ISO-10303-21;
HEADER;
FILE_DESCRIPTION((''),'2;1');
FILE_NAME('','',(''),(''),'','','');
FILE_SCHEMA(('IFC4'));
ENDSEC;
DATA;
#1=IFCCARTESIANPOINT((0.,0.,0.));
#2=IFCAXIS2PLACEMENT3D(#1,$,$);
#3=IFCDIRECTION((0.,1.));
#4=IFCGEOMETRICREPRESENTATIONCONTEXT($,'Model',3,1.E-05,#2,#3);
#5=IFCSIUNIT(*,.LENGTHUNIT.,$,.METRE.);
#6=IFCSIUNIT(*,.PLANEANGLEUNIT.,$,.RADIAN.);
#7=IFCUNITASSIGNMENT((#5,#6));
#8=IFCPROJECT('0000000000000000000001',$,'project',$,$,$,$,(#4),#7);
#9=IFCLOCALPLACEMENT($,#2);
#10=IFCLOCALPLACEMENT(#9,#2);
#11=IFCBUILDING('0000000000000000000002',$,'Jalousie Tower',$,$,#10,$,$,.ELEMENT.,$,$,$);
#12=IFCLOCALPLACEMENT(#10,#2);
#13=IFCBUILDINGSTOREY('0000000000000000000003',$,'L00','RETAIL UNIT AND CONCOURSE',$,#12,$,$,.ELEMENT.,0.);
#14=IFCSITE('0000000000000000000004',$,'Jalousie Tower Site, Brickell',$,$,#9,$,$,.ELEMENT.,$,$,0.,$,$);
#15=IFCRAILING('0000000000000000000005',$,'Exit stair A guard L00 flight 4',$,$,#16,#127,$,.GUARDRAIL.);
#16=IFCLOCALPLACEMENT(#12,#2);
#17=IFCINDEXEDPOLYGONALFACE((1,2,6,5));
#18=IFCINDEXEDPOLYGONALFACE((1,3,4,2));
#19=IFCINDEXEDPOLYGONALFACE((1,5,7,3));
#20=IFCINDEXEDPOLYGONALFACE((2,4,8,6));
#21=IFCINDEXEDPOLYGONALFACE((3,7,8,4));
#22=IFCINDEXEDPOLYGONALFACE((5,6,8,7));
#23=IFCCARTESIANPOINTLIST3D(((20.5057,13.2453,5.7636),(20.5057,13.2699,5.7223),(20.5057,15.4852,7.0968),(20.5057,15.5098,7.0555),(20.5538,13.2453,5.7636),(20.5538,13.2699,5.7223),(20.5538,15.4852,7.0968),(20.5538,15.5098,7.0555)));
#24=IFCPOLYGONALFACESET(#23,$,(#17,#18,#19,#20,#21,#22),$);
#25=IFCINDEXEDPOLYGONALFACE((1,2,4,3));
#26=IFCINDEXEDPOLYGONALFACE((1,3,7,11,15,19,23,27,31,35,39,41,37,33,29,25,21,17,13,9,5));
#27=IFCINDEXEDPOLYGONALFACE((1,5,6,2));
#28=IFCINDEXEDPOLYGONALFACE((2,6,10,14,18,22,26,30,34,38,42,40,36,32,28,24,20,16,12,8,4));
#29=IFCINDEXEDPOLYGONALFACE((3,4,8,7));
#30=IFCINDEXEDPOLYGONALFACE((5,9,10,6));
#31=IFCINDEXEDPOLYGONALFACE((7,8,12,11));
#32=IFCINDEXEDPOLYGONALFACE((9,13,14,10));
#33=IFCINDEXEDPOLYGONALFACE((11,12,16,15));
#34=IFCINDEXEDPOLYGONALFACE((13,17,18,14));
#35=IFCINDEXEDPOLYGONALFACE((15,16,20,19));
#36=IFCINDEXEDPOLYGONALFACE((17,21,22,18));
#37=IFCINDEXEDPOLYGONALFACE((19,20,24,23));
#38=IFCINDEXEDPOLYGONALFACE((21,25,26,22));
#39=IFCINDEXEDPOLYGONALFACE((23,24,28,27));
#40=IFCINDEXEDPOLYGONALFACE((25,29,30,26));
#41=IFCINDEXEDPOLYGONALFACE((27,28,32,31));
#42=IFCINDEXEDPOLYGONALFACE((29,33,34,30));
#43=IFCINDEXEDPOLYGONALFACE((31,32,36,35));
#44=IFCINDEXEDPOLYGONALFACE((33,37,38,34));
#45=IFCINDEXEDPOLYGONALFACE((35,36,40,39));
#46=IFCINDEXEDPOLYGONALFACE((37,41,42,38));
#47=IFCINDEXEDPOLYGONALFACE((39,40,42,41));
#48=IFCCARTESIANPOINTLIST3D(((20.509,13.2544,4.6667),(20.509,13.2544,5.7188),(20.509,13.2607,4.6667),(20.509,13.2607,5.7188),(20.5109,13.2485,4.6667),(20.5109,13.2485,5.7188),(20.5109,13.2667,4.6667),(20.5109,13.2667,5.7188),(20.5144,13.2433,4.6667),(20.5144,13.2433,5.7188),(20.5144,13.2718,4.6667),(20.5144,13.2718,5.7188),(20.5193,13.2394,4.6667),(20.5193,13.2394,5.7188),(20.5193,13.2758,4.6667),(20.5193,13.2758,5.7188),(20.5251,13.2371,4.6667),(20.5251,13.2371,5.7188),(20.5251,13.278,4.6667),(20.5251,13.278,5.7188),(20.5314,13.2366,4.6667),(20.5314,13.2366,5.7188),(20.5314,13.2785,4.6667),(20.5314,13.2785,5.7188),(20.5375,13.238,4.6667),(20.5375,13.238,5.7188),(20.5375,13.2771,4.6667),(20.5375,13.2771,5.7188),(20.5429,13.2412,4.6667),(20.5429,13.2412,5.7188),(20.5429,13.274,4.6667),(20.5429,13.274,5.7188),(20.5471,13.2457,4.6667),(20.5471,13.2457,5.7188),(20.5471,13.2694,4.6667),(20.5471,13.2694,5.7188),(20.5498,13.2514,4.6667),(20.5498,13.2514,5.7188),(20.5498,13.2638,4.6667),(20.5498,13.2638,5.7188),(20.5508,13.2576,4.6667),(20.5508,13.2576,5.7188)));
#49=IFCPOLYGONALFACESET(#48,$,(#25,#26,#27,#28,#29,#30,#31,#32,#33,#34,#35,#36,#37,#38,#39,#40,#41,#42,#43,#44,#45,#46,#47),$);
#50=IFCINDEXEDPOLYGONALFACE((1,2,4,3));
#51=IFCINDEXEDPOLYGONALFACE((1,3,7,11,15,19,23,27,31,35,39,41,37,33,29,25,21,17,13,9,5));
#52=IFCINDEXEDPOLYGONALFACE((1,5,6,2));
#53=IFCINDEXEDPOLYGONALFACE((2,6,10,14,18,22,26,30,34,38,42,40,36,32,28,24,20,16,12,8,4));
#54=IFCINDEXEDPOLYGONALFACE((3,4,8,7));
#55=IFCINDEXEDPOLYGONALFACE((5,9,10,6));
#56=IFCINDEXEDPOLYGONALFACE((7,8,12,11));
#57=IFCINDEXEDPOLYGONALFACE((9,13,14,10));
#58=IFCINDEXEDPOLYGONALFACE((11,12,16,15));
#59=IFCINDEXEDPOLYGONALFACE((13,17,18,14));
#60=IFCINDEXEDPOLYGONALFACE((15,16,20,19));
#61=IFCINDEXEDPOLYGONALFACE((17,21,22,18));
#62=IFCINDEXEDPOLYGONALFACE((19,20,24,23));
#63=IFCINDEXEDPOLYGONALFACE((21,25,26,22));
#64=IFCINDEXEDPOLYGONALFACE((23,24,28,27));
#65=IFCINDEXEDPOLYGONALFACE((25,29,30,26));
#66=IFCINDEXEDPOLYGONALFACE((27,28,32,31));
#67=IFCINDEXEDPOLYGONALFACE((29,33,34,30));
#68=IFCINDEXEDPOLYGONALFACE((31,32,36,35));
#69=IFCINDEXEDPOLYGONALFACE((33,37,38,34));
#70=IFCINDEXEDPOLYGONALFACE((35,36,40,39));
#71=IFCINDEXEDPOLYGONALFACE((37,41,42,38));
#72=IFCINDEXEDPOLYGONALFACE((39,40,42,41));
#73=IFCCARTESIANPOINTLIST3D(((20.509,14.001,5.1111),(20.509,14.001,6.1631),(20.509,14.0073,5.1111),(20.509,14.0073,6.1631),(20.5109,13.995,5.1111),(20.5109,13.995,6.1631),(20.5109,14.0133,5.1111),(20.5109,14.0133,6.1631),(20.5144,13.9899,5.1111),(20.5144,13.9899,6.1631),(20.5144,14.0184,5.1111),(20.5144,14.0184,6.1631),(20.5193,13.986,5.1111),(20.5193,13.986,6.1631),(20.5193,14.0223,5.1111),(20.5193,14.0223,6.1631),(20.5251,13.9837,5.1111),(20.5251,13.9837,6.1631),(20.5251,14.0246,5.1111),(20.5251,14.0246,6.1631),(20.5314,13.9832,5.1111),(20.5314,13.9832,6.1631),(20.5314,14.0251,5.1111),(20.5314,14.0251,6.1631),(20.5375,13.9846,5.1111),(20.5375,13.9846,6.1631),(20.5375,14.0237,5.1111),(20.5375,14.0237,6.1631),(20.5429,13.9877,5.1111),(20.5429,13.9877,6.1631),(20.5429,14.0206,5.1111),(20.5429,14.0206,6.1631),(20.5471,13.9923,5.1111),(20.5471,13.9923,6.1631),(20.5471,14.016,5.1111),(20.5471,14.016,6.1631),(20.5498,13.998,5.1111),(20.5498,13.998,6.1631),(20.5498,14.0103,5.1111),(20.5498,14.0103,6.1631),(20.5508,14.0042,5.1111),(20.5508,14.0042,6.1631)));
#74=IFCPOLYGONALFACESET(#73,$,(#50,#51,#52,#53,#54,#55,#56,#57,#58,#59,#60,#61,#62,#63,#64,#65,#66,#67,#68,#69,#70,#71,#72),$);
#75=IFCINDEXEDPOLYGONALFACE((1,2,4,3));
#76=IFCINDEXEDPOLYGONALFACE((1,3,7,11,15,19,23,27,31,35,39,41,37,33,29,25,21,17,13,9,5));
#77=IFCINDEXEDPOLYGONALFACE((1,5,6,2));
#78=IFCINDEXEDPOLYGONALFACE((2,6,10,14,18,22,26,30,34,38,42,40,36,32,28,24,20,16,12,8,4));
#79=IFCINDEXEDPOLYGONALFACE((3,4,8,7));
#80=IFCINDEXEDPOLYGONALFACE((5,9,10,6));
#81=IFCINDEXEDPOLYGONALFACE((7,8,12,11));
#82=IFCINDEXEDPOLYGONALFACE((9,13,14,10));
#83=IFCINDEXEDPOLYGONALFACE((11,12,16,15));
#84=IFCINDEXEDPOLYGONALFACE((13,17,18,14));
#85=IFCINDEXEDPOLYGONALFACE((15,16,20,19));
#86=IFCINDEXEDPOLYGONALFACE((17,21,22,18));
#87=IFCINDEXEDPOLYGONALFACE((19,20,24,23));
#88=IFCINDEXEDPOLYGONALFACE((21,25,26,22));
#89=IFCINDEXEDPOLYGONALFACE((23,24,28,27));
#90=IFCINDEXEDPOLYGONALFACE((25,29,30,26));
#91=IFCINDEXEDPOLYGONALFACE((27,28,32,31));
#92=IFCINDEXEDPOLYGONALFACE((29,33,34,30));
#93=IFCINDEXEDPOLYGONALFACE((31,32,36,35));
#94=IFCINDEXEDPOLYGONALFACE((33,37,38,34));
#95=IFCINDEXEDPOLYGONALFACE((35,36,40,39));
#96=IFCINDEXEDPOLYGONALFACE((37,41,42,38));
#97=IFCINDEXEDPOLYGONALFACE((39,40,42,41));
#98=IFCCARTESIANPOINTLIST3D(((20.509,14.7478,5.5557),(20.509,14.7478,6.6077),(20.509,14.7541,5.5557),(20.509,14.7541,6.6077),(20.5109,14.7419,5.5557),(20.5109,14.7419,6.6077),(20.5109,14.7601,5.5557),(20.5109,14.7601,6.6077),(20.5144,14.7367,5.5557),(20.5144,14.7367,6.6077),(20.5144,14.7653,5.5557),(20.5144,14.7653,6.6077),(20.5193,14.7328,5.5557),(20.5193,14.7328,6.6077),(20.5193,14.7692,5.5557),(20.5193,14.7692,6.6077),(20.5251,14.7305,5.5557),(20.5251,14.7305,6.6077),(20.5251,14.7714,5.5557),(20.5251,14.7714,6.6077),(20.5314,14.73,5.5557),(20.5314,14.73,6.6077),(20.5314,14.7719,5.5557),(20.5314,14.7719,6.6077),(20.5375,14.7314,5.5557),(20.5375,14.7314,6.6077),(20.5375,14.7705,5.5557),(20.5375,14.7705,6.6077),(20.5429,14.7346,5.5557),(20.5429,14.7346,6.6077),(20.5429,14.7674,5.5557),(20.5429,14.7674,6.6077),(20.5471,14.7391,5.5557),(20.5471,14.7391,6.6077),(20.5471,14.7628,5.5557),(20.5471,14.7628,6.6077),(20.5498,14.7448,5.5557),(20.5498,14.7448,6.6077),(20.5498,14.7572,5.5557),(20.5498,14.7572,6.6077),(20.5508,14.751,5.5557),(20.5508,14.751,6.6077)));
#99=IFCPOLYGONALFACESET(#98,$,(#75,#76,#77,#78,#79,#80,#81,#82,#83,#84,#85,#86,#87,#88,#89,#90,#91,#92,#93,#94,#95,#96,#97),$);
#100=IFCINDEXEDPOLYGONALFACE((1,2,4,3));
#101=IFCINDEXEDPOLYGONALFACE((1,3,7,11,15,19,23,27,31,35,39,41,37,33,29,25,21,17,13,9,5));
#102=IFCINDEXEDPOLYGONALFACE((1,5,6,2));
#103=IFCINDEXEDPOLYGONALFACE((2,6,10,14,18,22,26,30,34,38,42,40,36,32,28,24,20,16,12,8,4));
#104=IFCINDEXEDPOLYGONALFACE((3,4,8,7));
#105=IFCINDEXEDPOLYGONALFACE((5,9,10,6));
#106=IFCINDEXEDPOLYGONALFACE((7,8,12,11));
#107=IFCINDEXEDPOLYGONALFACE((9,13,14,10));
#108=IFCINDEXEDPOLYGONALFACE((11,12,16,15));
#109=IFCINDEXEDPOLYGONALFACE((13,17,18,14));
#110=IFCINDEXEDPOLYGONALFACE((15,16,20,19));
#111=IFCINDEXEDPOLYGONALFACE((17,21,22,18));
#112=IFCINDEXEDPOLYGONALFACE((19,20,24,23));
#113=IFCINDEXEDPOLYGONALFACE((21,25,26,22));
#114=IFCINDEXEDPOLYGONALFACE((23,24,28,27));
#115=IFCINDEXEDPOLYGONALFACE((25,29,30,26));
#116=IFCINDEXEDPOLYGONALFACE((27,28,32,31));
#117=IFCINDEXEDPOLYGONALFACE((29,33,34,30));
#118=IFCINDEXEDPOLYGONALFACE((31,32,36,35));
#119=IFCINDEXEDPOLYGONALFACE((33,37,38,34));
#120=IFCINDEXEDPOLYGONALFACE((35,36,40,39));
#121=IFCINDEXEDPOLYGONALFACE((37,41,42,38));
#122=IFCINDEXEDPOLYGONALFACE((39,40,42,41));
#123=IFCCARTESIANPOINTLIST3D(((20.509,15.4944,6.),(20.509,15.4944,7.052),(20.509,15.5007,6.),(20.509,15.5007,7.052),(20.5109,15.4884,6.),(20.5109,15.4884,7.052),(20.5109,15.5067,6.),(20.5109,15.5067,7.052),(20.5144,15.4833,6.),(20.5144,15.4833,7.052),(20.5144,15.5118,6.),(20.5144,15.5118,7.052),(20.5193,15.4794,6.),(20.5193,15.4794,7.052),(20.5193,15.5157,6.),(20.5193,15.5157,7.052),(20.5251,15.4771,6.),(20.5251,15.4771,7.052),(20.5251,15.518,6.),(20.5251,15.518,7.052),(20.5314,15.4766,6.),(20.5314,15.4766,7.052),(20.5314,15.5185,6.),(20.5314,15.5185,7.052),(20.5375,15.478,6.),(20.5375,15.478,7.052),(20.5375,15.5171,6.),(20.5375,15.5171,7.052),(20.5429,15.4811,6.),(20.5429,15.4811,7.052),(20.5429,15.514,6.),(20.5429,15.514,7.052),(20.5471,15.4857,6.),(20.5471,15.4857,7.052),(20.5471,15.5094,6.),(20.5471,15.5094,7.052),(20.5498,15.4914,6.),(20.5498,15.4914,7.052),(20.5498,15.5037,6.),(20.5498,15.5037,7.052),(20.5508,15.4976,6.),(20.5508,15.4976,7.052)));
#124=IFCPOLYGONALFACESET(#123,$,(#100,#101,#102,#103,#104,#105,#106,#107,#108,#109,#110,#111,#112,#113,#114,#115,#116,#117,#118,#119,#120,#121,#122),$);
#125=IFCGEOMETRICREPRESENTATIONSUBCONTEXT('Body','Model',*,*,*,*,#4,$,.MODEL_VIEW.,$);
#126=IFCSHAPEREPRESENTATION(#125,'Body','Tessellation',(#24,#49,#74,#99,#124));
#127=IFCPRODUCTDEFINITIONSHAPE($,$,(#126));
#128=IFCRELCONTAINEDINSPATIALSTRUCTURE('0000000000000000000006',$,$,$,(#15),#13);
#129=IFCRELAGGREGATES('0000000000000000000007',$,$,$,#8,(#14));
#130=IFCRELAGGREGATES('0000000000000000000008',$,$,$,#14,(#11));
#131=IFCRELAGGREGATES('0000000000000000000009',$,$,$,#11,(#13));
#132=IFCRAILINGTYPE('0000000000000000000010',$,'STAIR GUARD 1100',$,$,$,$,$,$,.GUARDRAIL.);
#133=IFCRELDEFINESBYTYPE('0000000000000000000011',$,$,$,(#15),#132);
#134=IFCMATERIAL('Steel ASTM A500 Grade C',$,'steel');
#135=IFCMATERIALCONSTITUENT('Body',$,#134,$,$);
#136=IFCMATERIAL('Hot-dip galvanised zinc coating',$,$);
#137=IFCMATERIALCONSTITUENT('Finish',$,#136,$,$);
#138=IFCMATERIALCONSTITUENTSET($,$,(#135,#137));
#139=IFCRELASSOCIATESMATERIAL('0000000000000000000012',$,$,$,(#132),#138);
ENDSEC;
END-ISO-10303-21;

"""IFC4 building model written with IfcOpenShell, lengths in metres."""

from ifc_helpers import new_model, si_unit, direction, frame, origin, origin_2d, place, context, subcontext, project, spatial, rectangle, circle, extrude, material, constituent, constituent_set, type_object, element, save


model = new_model("IFC4")

# Units and contexts
model_context = context("Model", 3, precision=1e-05, world=origin(), true_north=direction((0.0, 1.0)))
body_context = subcontext(model_context, "Body", "Model", "MODEL_VIEW")
ifc_project = project(units=[si_unit("LENGTHUNIT", "METRE"), si_unit("PLANEANGLEUNIT", "RADIAN")], contexts=[model_context])

# Site, building, storey
site_placement = place(None, origin())
site = spatial("IfcSite", under=ifc_project, at=site_placement, Name="Jalousie Tower Site, Brickell", CompositionType="ELEMENT", RefElevation=0.0)
building_placement = place(site_placement, origin())
building = spatial("IfcBuilding", under=site, at=building_placement, Name="Jalousie Tower", CompositionType="ELEMENT")
storey_placement = place(building_placement, origin())
storey = spatial("IfcBuildingStorey", under=building, at=storey_placement, Name="L00", Description="RETAIL UNIT AND CONCOURSE", CompositionType="ELEMENT", Elevation=0.0)

# Railing
ifc_material_1 = material(Name="Steel ASTM A500 Grade C", Category="steel")
ifc_constituent_1 = constituent(ifc_material_1, Name="Body")
ifc_material_2 = material(Name="Hot-dip galvanised zinc coating")
ifc_constituent_2 = constituent(ifc_material_2, Name="Finish")
ifc_constituent_set_1 = constituent_set(constituents=[ifc_constituent_1, ifc_constituent_2])
railing_type_1 = type_object("IfcRailingType", Name="STAIR GUARD 1100", PredefinedType="GUARDRAIL", material=ifc_constituent_set_1)
railing_1_placement = place(storey_placement, frame((20.5298, 13.2576, 4.6667)))
element("IfcRailing", 1, at=railing_1_placement, inside=storey, type_object=railing_type_1, Name="Exit stair A guard L00 flight 4", PredefinedType="GUARDRAIL", context=body_context, shape_type="SweptSolid", body=[
    extrude(rectangle(XDim=0.0481, YDim=0.0481, at=origin_2d()), frame((0.0, 0.0, 1.0762), z_axis=(0.0, 0.859306, 0.511462), x_axis=(-1.0, 0.0, 0.0)), (0.0, 0.0, 1.0), 2.6067),
    extrude(circle(Radius=0.021, at=origin_2d()), origin(), (0.0, 0.0, 1.0), 1.052),
    extrude(circle(Radius=0.021, at=origin_2d()), frame((0.0, 0.7466, 0.4443)), (0.0, 0.0, 1.0), 1.052),
    extrude(circle(Radius=0.021, at=origin_2d()), frame((0.0, 1.4934, 0.8889)), (0.0, 0.0, 1.0), 1.052),
    extrude(circle(Radius=0.021, at=origin_2d()), frame((0.0, 2.24, 1.3333)), (0.0, 0.0, 1.0), 1.052),
])

save(model, "model.ifc")
